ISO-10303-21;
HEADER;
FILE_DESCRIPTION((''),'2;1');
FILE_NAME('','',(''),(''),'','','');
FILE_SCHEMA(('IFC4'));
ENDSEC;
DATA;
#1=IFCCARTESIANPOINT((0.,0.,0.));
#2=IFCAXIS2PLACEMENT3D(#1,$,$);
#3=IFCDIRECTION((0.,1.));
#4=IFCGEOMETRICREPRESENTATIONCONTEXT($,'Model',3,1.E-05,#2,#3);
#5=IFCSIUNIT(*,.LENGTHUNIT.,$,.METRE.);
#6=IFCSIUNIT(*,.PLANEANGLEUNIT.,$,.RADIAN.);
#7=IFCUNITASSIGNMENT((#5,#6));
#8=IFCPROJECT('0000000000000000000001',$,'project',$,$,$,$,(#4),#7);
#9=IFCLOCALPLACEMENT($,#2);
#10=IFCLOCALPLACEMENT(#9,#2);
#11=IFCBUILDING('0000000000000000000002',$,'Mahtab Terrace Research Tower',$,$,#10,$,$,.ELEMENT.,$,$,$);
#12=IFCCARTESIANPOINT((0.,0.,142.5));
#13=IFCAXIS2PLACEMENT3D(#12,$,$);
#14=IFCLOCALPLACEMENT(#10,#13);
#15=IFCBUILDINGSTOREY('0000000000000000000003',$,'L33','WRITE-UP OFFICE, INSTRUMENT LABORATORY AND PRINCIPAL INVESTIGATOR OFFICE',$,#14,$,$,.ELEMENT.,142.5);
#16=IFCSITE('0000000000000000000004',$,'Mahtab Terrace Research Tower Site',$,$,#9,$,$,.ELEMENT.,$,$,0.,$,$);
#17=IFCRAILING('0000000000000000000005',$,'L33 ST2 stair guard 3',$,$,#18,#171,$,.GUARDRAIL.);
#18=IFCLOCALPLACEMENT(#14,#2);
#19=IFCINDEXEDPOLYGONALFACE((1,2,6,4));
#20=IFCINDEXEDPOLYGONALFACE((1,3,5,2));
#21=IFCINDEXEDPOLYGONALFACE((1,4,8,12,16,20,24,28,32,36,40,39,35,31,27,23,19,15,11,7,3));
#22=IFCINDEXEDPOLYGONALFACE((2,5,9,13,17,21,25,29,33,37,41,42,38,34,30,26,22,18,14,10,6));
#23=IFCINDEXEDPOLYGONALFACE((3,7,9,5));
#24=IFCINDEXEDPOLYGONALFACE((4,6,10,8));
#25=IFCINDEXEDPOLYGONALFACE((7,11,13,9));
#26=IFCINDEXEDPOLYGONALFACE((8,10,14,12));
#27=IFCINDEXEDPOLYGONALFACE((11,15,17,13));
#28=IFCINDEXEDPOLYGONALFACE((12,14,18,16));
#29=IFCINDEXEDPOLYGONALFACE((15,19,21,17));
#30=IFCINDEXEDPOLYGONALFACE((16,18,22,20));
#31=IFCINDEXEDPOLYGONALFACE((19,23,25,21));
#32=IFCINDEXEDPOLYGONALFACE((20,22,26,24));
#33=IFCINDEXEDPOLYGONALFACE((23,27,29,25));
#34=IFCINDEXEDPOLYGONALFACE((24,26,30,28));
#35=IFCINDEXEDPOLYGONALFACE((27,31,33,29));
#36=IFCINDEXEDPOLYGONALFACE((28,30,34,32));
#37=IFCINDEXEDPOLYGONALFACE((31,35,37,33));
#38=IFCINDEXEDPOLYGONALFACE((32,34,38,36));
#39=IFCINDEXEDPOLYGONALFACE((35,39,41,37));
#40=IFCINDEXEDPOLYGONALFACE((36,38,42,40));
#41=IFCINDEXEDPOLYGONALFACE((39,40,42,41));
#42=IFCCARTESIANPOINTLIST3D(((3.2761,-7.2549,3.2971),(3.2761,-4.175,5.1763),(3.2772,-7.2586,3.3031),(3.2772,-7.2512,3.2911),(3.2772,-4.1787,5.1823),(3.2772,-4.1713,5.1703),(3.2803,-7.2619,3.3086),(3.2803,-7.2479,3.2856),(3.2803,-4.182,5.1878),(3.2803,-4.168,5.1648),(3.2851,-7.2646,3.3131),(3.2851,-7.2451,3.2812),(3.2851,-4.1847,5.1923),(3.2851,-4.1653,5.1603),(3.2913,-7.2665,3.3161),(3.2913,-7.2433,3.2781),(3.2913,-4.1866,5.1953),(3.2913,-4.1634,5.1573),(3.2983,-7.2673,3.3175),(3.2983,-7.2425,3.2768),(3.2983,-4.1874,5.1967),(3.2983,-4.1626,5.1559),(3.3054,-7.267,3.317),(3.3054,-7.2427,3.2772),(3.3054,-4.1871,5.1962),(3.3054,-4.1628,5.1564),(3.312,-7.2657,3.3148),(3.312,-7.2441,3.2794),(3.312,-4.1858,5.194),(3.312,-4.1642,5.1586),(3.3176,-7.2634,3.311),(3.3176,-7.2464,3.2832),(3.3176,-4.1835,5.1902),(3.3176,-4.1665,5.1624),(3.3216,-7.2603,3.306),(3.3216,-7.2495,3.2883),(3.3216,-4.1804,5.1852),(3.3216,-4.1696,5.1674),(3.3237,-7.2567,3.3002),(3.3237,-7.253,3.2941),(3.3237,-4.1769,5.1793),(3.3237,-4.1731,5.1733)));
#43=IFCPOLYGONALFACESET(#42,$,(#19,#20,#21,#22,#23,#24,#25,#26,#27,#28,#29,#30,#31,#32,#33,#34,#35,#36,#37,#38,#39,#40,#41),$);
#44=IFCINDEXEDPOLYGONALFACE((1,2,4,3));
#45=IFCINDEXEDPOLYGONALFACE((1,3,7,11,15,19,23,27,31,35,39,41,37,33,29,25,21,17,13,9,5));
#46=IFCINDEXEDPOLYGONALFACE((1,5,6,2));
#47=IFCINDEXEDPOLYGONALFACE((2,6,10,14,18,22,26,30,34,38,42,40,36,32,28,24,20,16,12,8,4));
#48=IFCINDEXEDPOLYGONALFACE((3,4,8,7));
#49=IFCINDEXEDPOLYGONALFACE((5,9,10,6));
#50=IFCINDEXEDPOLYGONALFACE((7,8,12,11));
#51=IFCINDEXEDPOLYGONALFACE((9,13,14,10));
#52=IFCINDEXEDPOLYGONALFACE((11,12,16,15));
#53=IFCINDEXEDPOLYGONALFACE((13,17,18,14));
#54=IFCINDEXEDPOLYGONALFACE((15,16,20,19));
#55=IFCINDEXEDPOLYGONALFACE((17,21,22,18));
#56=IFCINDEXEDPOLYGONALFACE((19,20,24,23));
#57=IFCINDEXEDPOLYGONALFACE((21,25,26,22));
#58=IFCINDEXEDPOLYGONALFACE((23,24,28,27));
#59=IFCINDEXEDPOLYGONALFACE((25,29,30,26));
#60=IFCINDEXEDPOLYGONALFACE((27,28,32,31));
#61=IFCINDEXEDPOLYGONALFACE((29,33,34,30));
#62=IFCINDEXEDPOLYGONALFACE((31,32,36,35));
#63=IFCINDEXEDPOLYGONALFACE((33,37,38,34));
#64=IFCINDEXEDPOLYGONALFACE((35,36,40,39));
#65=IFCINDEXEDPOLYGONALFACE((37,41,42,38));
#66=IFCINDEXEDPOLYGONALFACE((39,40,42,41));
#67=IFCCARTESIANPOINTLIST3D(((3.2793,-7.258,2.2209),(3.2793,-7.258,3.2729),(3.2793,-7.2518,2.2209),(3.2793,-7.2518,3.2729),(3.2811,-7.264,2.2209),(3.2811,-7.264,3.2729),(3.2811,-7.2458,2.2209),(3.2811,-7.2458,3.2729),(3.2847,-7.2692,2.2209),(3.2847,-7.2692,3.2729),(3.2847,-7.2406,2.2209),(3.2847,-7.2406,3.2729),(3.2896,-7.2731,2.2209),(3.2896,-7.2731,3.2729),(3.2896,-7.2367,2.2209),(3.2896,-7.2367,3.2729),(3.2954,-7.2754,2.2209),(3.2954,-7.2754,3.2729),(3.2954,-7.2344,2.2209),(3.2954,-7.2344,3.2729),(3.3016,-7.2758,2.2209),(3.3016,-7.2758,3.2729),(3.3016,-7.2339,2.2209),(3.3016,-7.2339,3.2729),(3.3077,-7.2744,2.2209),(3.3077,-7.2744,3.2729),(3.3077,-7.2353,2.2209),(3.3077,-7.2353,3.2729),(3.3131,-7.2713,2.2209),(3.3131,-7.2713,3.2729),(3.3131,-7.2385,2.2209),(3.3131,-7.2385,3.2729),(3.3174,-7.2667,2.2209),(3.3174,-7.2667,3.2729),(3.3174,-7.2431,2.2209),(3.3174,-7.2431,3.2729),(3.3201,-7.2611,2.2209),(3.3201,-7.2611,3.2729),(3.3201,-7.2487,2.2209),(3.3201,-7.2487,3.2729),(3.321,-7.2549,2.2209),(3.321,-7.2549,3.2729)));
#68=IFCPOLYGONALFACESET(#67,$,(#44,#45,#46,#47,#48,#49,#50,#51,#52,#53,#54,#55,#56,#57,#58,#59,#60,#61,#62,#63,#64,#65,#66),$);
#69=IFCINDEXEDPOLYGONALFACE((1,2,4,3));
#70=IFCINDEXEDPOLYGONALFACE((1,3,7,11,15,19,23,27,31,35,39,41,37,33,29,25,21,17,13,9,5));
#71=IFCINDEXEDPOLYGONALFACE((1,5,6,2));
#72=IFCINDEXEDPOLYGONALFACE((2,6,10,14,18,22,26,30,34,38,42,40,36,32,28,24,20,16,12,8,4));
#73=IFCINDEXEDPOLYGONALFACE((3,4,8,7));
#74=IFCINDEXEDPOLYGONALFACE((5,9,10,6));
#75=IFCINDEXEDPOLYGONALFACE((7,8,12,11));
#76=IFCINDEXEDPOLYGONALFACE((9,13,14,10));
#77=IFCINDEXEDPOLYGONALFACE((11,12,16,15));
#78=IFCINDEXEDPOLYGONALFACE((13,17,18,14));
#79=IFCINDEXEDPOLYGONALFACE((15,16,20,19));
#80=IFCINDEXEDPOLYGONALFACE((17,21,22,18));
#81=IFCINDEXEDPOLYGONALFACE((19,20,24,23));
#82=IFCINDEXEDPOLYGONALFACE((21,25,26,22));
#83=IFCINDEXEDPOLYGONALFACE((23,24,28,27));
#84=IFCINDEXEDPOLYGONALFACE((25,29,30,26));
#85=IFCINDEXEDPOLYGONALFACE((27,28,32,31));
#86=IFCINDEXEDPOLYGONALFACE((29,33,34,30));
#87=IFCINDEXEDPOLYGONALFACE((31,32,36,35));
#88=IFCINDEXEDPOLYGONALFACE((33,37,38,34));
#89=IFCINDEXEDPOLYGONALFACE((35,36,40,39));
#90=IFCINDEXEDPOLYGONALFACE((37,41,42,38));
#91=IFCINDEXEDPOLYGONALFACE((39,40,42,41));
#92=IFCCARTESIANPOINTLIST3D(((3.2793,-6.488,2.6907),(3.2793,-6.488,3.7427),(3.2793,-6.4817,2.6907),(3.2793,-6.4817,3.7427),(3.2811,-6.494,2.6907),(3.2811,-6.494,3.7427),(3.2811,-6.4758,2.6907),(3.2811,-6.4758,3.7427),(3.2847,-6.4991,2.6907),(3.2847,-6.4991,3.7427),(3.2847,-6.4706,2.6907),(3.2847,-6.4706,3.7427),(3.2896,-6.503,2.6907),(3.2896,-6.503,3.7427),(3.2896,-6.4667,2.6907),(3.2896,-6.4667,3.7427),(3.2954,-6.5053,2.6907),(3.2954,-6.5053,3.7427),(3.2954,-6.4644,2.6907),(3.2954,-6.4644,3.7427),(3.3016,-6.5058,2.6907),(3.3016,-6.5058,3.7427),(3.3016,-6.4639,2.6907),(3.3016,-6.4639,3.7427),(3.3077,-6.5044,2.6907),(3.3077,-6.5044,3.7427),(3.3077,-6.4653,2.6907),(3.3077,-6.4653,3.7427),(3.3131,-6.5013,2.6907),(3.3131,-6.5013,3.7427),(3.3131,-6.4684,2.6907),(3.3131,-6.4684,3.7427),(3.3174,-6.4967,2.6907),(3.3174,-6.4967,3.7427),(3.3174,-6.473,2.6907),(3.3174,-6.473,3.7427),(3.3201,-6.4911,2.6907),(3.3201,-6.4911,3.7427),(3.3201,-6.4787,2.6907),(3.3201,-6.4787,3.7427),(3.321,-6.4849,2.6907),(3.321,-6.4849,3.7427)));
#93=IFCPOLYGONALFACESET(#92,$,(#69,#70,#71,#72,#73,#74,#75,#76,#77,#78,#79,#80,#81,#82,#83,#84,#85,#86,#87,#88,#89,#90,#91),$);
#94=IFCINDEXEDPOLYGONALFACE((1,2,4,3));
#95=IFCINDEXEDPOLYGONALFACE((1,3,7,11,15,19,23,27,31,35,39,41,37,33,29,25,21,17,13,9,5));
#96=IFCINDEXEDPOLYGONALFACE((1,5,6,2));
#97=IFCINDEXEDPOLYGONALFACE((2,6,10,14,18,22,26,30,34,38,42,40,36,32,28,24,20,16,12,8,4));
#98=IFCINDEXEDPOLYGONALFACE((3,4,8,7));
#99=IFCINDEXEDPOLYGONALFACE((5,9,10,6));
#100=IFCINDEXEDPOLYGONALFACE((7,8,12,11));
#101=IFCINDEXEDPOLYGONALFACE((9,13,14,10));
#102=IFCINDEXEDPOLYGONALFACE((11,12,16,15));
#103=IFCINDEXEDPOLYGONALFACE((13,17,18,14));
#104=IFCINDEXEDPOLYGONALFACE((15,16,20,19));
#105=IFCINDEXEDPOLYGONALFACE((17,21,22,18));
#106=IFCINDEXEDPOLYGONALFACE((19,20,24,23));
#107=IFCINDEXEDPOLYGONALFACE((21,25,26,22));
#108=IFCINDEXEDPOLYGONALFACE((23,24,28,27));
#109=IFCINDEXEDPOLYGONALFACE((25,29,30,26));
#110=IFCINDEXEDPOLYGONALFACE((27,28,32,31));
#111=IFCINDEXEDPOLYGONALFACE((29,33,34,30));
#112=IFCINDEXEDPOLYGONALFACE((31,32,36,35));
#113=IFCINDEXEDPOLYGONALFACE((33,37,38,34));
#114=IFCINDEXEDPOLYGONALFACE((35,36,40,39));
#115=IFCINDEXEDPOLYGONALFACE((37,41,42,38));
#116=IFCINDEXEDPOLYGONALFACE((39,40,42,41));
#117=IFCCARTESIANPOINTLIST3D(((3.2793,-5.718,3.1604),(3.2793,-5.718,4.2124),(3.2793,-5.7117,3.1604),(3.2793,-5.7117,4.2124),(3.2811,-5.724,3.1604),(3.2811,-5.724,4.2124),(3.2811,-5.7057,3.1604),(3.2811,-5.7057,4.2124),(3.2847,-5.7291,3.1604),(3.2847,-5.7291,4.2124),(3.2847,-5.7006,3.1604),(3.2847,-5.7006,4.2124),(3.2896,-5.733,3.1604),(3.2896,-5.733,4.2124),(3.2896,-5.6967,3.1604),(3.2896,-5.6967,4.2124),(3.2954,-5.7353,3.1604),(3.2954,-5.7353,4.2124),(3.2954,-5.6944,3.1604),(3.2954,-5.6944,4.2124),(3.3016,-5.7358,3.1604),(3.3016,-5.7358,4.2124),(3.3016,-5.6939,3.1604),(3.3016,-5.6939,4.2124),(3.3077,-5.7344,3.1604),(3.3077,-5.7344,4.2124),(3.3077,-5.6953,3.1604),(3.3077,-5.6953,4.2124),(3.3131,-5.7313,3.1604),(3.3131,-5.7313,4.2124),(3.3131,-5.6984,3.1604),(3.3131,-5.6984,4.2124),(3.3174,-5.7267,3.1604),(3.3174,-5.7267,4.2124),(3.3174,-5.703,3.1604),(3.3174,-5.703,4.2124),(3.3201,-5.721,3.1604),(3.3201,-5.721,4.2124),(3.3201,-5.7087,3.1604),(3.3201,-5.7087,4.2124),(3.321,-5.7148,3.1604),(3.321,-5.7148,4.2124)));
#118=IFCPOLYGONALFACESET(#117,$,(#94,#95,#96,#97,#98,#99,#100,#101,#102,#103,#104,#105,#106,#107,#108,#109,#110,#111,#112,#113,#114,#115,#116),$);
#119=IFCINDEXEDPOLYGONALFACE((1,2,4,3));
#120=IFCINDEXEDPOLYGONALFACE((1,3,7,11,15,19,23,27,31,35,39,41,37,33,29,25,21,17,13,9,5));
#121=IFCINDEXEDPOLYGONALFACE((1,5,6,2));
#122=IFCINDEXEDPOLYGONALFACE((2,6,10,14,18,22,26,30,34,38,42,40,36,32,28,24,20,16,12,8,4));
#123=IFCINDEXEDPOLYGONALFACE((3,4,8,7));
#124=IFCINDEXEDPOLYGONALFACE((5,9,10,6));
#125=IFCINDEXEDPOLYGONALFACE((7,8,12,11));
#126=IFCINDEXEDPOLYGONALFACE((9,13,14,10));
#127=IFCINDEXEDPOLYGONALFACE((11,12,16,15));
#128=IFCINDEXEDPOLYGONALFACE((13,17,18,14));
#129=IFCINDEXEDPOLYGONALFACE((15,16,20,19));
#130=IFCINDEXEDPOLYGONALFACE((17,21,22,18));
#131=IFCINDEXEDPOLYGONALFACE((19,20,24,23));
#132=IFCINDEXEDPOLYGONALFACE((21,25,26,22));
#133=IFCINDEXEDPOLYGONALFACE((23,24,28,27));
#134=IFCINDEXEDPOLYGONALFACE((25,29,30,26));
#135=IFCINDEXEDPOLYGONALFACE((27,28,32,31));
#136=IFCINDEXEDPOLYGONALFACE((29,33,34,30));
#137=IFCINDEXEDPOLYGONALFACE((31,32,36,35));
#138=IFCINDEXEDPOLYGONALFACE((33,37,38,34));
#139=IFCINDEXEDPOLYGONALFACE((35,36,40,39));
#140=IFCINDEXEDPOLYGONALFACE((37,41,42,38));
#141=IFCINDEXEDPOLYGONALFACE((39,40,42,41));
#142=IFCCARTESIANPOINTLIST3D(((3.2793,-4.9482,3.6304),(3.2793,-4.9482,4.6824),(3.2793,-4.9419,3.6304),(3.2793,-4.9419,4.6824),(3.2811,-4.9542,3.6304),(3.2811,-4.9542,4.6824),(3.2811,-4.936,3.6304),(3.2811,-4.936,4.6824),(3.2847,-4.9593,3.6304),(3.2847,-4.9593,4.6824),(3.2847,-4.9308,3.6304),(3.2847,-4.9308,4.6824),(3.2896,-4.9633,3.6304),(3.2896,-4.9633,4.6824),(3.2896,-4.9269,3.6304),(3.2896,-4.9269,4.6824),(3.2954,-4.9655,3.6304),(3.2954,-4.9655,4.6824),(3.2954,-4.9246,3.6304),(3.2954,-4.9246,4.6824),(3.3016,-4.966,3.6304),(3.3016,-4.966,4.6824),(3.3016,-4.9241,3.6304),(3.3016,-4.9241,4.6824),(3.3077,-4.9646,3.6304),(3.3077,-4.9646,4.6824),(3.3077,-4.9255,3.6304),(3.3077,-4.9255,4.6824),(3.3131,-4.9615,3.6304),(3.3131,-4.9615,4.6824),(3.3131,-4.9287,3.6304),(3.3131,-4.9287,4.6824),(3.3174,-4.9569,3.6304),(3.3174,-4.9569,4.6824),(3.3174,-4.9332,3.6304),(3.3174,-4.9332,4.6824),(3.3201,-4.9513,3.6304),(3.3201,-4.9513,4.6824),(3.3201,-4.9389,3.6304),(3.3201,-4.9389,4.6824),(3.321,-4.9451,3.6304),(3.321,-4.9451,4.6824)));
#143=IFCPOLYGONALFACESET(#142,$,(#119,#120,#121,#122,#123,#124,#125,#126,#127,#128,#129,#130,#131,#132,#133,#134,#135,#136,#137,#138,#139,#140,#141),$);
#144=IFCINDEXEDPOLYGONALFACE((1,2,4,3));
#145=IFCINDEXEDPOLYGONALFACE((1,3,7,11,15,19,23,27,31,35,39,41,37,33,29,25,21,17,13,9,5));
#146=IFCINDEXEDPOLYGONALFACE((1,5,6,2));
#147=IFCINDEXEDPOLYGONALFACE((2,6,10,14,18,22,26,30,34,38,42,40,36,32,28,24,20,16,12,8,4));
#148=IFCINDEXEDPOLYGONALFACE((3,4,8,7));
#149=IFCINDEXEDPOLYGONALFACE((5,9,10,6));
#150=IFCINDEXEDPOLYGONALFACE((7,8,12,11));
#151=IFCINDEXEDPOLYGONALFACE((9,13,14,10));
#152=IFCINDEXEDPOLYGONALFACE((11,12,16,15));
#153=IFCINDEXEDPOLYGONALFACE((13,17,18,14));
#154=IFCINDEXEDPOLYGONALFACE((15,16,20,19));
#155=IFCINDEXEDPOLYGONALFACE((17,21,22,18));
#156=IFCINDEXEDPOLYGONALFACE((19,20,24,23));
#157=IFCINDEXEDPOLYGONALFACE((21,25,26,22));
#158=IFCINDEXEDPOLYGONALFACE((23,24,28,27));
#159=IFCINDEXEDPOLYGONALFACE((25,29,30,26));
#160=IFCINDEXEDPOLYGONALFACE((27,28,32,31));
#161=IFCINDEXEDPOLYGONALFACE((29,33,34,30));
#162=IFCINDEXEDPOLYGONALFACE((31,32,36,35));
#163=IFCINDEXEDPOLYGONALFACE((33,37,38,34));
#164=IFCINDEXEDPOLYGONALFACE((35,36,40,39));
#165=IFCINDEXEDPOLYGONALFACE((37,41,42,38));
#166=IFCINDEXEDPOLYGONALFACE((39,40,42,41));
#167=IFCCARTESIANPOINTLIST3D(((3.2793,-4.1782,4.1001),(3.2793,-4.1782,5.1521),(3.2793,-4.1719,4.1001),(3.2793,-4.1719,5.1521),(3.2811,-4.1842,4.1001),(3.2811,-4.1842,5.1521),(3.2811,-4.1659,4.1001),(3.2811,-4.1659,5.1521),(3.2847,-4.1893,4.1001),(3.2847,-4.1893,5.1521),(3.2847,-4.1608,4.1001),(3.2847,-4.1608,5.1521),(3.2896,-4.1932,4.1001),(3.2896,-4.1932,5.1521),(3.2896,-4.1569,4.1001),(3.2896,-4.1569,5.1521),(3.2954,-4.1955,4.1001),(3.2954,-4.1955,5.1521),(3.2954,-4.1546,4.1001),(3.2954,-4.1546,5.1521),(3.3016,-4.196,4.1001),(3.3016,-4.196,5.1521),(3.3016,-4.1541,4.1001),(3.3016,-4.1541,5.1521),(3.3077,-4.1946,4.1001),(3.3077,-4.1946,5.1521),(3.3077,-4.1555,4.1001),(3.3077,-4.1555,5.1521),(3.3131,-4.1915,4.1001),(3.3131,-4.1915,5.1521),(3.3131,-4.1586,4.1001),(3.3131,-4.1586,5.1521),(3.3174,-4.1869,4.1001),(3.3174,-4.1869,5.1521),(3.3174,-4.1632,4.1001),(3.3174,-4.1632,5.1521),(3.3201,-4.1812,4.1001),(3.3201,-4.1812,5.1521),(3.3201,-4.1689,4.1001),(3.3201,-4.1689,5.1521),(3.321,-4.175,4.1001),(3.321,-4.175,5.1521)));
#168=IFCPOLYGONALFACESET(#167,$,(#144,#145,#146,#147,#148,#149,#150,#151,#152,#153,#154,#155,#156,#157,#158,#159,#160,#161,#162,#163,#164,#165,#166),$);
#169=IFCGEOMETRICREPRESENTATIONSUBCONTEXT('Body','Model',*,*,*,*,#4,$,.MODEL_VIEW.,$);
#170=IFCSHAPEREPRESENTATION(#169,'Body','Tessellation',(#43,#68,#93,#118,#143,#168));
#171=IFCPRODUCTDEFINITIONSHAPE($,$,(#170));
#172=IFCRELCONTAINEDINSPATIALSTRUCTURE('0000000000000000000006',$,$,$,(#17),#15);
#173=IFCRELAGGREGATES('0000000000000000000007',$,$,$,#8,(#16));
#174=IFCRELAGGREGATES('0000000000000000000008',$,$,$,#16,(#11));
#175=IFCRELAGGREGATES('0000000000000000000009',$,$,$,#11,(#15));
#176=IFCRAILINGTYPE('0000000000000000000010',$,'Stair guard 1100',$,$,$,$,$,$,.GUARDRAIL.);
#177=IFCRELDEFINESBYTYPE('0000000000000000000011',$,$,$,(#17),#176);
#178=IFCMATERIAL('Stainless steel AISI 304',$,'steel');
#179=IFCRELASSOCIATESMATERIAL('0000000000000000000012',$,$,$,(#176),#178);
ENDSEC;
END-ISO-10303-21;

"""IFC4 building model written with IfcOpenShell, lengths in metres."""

from ifc_helpers import new_model, si_unit, direction, frame, origin, origin_2d, place, context, subcontext, project, spatial, circle, extrude, material, type_object, element, save


model = new_model("IFC4")

# Units and contexts
model_context = context("Model", 3, precision=1e-05, world=origin(), true_north=direction((0.0, 1.0)))
body_context = subcontext(model_context, "Body", "Model", "MODEL_VIEW")
ifc_project = project(units=[si_unit("LENGTHUNIT", "METRE"), si_unit("PLANEANGLEUNIT", "RADIAN")], contexts=[model_context])

# Site, building, storey
site_placement = place(None, origin())
site = spatial("IfcSite", under=ifc_project, at=site_placement, Name="Mahtab Terrace Research Tower Site", CompositionType="ELEMENT", RefElevation=0.0)
building_placement = place(site_placement, origin())
building = spatial("IfcBuilding", under=site, at=building_placement, Name="Mahtab Terrace Research Tower", CompositionType="ELEMENT")
storey_placement = place(building_placement, frame((0.0, 0.0, 142.5)))
storey = spatial("IfcBuildingStorey", under=building, at=storey_placement, Name="L33", Description="WRITE-UP OFFICE, INSTRUMENT LABORATORY AND PRINCIPAL INVESTIGATOR OFFICE", CompositionType="ELEMENT", Elevation=142.5)

# Railing
ifc_material_1 = material(Name="Stainless steel AISI 304", Category="steel")
railing_type_1 = type_object("IfcRailingType", Name="Stair guard 1100", PredefinedType="GUARDRAIL", material=ifc_material_1)
railing_1_placement = place(storey_placement, frame((3.3, -7.2549, 2.2209)))
element("IfcRailing", 1, at=railing_1_placement, inside=storey, type_object=railing_type_1, Name="L33 ST2 stair guard 3", PredefinedType="GUARDRAIL", context=body_context, shape_type="SweptSolid", body=[
    extrude(circle(Radius=0.0239, at=origin_2d()), frame((0.0, 0.0, 1.0762), z_axis=(0.0, 0.853648, 0.52085), x_axis=(-1.0, 0.0, 0.0)), (0.0, 0.0, 1.0), 3.6079),
    extrude(circle(Radius=0.021, at=origin_2d()), origin(), (0.0, 0.0, 1.0), 1.052),
    extrude(circle(Radius=0.021, at=origin_2d()), frame((0.0, 0.77, 0.4697)), (0.0, 0.0, 1.0), 1.052),
    extrude(circle(Radius=0.021, at=origin_2d()), frame((0.0, 1.54, 0.9395)), (0.0, 0.0, 1.0), 1.052),
    extrude(circle(Radius=0.021, at=origin_2d()), frame((0.0, 2.3098, 1.4094)), (0.0, 0.0, 1.0), 1.052),
    extrude(circle(Radius=0.021, at=origin_2d()), frame((0.0, 3.0798, 1.8792)), (0.0, 0.0, 1.0), 1.052),
])

save(model, "model.ifc")
